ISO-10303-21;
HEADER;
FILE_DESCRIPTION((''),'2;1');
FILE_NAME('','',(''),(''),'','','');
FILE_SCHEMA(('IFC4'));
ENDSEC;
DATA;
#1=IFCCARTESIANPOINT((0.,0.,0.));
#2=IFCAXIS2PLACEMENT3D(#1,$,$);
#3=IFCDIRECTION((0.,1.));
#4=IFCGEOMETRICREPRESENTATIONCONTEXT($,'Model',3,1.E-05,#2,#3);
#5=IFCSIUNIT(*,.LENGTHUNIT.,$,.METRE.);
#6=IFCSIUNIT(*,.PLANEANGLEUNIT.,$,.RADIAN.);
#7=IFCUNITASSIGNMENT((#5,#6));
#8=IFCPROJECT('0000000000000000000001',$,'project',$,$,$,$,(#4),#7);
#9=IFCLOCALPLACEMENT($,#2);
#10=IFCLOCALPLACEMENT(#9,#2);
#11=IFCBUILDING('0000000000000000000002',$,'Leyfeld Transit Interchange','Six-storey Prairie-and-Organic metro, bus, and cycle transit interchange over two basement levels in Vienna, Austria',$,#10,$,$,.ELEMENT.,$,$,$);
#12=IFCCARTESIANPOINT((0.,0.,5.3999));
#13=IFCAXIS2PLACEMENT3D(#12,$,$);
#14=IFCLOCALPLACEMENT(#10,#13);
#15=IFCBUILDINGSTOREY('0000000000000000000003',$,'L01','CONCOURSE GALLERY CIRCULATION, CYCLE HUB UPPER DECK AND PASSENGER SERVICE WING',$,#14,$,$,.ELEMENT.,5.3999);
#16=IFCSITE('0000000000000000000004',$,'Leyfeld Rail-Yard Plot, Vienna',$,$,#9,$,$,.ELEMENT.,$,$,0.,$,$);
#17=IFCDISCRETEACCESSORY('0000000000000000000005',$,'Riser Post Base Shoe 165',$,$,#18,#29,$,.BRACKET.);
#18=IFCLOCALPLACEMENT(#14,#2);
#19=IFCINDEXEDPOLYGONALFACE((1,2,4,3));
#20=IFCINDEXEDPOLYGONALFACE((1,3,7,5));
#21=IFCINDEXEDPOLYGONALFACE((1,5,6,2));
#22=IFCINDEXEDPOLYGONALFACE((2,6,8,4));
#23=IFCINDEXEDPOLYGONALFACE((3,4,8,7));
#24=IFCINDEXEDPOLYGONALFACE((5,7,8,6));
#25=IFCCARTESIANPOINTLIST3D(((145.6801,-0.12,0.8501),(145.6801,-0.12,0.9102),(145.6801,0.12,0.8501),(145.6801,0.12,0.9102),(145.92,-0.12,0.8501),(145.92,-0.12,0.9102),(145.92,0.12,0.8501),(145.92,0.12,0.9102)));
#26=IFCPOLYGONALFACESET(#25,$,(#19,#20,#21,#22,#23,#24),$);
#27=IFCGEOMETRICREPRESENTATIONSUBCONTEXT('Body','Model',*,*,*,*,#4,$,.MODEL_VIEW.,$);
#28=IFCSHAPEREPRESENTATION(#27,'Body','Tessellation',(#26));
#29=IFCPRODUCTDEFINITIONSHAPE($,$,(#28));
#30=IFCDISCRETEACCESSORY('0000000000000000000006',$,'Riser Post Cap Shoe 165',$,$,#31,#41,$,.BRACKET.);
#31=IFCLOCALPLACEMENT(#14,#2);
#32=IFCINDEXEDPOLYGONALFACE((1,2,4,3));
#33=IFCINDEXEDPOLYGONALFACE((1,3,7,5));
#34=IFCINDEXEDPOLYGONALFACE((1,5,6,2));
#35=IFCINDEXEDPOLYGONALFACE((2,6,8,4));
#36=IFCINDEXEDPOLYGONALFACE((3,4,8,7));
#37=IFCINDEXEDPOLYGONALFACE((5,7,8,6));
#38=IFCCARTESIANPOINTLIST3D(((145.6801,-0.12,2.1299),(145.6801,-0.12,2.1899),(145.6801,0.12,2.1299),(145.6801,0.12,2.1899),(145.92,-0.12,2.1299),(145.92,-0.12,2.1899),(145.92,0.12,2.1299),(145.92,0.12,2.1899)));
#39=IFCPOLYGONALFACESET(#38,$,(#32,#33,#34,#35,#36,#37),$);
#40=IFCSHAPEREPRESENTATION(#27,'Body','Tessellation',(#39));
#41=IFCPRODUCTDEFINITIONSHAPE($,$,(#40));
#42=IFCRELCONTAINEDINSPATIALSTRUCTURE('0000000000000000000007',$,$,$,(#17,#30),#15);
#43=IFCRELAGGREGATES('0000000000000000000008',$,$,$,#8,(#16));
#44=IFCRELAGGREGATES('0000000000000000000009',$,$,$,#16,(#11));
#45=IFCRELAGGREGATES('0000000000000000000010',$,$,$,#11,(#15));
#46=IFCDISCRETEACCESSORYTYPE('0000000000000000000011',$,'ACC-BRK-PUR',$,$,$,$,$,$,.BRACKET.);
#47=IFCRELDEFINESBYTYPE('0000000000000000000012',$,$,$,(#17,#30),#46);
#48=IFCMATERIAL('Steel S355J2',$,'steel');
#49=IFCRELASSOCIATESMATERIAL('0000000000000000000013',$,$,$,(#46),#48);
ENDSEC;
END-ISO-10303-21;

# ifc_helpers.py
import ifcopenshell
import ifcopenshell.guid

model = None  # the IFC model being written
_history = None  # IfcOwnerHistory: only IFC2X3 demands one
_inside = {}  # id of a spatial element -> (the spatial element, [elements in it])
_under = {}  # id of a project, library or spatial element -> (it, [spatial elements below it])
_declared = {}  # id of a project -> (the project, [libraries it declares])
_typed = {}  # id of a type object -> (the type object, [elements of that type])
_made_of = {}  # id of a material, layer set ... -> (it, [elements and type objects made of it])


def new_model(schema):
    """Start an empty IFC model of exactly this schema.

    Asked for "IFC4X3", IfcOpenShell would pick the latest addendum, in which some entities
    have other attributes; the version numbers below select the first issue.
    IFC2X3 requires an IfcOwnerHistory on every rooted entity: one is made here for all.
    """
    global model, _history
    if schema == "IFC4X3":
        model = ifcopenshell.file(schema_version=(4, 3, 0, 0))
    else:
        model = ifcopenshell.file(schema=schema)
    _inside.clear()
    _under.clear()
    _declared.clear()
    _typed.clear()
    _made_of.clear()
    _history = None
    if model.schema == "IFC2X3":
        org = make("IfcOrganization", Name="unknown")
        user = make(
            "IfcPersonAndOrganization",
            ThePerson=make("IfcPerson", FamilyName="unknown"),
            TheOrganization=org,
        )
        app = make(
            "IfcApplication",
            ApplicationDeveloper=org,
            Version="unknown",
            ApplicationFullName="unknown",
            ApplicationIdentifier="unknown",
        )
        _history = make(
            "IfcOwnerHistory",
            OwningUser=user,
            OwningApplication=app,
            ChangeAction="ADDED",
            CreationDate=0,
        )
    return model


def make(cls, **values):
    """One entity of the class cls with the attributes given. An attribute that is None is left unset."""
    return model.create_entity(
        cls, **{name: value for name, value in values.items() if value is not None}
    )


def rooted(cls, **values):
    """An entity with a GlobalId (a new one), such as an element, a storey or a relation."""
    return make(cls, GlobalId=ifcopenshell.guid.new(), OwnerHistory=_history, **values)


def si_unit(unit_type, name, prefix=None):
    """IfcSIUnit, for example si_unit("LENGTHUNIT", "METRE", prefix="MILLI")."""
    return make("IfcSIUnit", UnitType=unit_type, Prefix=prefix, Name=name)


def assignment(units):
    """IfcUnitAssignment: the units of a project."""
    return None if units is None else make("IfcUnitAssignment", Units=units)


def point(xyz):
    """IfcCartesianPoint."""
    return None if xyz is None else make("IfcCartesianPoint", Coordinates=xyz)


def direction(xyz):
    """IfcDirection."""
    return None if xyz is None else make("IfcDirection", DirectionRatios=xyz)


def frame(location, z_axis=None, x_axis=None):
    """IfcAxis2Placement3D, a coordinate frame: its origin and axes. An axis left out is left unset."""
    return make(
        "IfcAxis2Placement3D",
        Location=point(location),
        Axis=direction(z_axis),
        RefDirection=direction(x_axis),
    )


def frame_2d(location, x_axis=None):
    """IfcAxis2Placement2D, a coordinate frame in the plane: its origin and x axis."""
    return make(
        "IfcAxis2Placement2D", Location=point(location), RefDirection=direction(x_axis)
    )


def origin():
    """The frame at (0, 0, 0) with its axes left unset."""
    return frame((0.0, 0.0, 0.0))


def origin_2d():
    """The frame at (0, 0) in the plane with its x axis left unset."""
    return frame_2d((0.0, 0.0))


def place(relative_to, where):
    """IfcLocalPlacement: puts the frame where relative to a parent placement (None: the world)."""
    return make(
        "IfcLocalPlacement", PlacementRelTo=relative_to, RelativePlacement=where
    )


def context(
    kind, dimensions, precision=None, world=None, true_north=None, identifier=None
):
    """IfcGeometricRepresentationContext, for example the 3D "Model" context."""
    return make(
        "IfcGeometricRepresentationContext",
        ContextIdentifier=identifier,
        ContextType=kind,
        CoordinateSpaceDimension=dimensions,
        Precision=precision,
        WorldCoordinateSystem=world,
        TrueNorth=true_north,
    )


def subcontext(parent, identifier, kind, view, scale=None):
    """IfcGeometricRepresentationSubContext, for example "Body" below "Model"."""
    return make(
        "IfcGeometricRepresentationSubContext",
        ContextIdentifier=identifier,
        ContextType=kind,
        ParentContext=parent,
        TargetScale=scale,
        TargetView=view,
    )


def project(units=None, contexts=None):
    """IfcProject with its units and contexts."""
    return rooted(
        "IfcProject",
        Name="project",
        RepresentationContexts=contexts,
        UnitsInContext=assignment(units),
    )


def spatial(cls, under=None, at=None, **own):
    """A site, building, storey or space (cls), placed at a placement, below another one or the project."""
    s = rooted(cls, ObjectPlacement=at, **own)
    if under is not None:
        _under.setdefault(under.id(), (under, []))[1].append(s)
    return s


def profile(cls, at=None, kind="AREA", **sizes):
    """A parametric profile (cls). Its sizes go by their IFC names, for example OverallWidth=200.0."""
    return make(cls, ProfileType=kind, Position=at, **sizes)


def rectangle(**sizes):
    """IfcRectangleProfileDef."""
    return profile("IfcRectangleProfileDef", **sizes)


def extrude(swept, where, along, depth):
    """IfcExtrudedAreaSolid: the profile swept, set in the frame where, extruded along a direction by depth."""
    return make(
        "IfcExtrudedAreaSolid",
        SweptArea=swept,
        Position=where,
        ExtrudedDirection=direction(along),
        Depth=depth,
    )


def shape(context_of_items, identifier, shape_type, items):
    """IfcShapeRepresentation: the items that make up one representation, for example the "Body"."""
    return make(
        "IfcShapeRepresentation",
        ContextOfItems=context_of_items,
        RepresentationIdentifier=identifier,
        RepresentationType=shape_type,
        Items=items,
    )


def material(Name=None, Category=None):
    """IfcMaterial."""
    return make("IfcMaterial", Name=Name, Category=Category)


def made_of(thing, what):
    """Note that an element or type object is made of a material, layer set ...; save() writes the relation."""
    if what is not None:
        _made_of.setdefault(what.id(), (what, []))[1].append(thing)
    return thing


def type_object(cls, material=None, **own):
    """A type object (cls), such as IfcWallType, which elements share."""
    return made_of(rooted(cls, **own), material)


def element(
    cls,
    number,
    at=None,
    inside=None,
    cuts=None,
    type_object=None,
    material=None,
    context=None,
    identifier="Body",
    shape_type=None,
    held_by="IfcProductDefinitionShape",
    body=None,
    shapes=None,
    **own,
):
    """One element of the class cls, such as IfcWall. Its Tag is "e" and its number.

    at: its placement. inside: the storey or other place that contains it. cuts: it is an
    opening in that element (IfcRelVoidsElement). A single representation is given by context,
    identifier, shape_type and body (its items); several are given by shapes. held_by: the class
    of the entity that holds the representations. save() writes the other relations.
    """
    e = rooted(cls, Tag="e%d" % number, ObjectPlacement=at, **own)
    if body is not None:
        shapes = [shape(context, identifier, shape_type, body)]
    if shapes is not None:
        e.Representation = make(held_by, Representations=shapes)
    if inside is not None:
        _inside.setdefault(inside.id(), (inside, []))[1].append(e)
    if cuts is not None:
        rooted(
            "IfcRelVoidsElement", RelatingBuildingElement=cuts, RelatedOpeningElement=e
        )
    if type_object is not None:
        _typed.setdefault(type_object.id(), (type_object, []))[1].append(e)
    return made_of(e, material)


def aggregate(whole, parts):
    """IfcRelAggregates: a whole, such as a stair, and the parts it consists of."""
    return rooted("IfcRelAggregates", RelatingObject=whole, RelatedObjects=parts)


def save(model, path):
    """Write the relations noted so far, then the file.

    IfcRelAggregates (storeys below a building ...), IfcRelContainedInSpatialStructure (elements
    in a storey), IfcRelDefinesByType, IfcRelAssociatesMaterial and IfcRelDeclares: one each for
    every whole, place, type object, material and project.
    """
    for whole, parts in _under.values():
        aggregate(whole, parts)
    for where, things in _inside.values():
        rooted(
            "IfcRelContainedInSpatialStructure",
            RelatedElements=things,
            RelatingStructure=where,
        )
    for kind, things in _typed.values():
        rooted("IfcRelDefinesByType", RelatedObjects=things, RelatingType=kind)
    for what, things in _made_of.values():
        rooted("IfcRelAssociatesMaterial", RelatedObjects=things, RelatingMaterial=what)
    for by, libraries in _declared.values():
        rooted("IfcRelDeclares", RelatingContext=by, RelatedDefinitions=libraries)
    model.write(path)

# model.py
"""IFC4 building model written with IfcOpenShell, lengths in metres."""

from ifc_helpers import new_model, si_unit, direction, frame, origin, origin_2d, place, context, subcontext, project, spatial, rectangle, extrude, material, type_object, element, save


model = new_model("IFC4")

# Units and contexts
model_context = context("Model", 3, precision=1e-05, world=origin(), true_north=direction((0.0, 1.0)))
body_context = subcontext(model_context, "Body", "Model", "MODEL_VIEW")
ifc_project = project(units=[si_unit("LENGTHUNIT", "METRE"), si_unit("PLANEANGLEUNIT", "RADIAN")], contexts=[model_context])

# Site, building, storey
site_placement = place(None, origin())
site = spatial("IfcSite", under=ifc_project, at=site_placement, Name="Leyfeld Rail-Yard Plot, Vienna", CompositionType="ELEMENT", RefElevation=0.0)
building_placement = place(site_placement, origin())
building = spatial("IfcBuilding", under=site, at=building_placement, Name="Leyfeld Transit Interchange", Description="Six-storey Prairie-and-Organic metro, bus, and cycle transit interchange over two basement levels in Vienna, Austria", CompositionType="ELEMENT")
storey_placement = place(building_placement, frame((0.0, 0.0, 5.3999)))
storey = spatial("IfcBuildingStorey", under=building, at=storey_placement, Name="L01", Description="CONCOURSE GALLERY CIRCULATION, CYCLE HUB UPPER DECK AND PASSENGER SERVICE WING", CompositionType="ELEMENT", Elevation=5.3999)

# Shared definitions
ifc_material = material(Name="Steel S355J2", Category="steel")

# Discrete accessories
discrete_accessory_type = type_object("IfcDiscreteAccessoryType", Name="ACC-BRK-PUR", PredefinedType="BRACKET", material=ifc_material)
for number, where, z_axis, x_axis, name in (
    (1, (145.8, 0.0, 0.8501), (0.0, 0.0, 1.0), (1.0, 0.0, 0.0), "Riser Post Base Shoe 165"),
    (2, (145.8, 0.0, 2.1299), (0.0, 0.0, 1.0), (1.0, 0.0, 0.0), "Riser Post Cap Shoe 165"),
):
    element("IfcDiscreteAccessory", number, at=place(storey_placement, frame(where, z_axis=z_axis, x_axis=x_axis)), inside=storey, type_object=discrete_accessory_type, Name=name, PredefinedType="BRACKET", context=body_context, shape_type="SweptSolid", body=[
        extrude(rectangle(XDim=0.24, YDim=0.24, at=origin_2d()), origin(), (0.0, 0.0, 1.0), 0.0601),
    ])

save(model, "model.ifc")
